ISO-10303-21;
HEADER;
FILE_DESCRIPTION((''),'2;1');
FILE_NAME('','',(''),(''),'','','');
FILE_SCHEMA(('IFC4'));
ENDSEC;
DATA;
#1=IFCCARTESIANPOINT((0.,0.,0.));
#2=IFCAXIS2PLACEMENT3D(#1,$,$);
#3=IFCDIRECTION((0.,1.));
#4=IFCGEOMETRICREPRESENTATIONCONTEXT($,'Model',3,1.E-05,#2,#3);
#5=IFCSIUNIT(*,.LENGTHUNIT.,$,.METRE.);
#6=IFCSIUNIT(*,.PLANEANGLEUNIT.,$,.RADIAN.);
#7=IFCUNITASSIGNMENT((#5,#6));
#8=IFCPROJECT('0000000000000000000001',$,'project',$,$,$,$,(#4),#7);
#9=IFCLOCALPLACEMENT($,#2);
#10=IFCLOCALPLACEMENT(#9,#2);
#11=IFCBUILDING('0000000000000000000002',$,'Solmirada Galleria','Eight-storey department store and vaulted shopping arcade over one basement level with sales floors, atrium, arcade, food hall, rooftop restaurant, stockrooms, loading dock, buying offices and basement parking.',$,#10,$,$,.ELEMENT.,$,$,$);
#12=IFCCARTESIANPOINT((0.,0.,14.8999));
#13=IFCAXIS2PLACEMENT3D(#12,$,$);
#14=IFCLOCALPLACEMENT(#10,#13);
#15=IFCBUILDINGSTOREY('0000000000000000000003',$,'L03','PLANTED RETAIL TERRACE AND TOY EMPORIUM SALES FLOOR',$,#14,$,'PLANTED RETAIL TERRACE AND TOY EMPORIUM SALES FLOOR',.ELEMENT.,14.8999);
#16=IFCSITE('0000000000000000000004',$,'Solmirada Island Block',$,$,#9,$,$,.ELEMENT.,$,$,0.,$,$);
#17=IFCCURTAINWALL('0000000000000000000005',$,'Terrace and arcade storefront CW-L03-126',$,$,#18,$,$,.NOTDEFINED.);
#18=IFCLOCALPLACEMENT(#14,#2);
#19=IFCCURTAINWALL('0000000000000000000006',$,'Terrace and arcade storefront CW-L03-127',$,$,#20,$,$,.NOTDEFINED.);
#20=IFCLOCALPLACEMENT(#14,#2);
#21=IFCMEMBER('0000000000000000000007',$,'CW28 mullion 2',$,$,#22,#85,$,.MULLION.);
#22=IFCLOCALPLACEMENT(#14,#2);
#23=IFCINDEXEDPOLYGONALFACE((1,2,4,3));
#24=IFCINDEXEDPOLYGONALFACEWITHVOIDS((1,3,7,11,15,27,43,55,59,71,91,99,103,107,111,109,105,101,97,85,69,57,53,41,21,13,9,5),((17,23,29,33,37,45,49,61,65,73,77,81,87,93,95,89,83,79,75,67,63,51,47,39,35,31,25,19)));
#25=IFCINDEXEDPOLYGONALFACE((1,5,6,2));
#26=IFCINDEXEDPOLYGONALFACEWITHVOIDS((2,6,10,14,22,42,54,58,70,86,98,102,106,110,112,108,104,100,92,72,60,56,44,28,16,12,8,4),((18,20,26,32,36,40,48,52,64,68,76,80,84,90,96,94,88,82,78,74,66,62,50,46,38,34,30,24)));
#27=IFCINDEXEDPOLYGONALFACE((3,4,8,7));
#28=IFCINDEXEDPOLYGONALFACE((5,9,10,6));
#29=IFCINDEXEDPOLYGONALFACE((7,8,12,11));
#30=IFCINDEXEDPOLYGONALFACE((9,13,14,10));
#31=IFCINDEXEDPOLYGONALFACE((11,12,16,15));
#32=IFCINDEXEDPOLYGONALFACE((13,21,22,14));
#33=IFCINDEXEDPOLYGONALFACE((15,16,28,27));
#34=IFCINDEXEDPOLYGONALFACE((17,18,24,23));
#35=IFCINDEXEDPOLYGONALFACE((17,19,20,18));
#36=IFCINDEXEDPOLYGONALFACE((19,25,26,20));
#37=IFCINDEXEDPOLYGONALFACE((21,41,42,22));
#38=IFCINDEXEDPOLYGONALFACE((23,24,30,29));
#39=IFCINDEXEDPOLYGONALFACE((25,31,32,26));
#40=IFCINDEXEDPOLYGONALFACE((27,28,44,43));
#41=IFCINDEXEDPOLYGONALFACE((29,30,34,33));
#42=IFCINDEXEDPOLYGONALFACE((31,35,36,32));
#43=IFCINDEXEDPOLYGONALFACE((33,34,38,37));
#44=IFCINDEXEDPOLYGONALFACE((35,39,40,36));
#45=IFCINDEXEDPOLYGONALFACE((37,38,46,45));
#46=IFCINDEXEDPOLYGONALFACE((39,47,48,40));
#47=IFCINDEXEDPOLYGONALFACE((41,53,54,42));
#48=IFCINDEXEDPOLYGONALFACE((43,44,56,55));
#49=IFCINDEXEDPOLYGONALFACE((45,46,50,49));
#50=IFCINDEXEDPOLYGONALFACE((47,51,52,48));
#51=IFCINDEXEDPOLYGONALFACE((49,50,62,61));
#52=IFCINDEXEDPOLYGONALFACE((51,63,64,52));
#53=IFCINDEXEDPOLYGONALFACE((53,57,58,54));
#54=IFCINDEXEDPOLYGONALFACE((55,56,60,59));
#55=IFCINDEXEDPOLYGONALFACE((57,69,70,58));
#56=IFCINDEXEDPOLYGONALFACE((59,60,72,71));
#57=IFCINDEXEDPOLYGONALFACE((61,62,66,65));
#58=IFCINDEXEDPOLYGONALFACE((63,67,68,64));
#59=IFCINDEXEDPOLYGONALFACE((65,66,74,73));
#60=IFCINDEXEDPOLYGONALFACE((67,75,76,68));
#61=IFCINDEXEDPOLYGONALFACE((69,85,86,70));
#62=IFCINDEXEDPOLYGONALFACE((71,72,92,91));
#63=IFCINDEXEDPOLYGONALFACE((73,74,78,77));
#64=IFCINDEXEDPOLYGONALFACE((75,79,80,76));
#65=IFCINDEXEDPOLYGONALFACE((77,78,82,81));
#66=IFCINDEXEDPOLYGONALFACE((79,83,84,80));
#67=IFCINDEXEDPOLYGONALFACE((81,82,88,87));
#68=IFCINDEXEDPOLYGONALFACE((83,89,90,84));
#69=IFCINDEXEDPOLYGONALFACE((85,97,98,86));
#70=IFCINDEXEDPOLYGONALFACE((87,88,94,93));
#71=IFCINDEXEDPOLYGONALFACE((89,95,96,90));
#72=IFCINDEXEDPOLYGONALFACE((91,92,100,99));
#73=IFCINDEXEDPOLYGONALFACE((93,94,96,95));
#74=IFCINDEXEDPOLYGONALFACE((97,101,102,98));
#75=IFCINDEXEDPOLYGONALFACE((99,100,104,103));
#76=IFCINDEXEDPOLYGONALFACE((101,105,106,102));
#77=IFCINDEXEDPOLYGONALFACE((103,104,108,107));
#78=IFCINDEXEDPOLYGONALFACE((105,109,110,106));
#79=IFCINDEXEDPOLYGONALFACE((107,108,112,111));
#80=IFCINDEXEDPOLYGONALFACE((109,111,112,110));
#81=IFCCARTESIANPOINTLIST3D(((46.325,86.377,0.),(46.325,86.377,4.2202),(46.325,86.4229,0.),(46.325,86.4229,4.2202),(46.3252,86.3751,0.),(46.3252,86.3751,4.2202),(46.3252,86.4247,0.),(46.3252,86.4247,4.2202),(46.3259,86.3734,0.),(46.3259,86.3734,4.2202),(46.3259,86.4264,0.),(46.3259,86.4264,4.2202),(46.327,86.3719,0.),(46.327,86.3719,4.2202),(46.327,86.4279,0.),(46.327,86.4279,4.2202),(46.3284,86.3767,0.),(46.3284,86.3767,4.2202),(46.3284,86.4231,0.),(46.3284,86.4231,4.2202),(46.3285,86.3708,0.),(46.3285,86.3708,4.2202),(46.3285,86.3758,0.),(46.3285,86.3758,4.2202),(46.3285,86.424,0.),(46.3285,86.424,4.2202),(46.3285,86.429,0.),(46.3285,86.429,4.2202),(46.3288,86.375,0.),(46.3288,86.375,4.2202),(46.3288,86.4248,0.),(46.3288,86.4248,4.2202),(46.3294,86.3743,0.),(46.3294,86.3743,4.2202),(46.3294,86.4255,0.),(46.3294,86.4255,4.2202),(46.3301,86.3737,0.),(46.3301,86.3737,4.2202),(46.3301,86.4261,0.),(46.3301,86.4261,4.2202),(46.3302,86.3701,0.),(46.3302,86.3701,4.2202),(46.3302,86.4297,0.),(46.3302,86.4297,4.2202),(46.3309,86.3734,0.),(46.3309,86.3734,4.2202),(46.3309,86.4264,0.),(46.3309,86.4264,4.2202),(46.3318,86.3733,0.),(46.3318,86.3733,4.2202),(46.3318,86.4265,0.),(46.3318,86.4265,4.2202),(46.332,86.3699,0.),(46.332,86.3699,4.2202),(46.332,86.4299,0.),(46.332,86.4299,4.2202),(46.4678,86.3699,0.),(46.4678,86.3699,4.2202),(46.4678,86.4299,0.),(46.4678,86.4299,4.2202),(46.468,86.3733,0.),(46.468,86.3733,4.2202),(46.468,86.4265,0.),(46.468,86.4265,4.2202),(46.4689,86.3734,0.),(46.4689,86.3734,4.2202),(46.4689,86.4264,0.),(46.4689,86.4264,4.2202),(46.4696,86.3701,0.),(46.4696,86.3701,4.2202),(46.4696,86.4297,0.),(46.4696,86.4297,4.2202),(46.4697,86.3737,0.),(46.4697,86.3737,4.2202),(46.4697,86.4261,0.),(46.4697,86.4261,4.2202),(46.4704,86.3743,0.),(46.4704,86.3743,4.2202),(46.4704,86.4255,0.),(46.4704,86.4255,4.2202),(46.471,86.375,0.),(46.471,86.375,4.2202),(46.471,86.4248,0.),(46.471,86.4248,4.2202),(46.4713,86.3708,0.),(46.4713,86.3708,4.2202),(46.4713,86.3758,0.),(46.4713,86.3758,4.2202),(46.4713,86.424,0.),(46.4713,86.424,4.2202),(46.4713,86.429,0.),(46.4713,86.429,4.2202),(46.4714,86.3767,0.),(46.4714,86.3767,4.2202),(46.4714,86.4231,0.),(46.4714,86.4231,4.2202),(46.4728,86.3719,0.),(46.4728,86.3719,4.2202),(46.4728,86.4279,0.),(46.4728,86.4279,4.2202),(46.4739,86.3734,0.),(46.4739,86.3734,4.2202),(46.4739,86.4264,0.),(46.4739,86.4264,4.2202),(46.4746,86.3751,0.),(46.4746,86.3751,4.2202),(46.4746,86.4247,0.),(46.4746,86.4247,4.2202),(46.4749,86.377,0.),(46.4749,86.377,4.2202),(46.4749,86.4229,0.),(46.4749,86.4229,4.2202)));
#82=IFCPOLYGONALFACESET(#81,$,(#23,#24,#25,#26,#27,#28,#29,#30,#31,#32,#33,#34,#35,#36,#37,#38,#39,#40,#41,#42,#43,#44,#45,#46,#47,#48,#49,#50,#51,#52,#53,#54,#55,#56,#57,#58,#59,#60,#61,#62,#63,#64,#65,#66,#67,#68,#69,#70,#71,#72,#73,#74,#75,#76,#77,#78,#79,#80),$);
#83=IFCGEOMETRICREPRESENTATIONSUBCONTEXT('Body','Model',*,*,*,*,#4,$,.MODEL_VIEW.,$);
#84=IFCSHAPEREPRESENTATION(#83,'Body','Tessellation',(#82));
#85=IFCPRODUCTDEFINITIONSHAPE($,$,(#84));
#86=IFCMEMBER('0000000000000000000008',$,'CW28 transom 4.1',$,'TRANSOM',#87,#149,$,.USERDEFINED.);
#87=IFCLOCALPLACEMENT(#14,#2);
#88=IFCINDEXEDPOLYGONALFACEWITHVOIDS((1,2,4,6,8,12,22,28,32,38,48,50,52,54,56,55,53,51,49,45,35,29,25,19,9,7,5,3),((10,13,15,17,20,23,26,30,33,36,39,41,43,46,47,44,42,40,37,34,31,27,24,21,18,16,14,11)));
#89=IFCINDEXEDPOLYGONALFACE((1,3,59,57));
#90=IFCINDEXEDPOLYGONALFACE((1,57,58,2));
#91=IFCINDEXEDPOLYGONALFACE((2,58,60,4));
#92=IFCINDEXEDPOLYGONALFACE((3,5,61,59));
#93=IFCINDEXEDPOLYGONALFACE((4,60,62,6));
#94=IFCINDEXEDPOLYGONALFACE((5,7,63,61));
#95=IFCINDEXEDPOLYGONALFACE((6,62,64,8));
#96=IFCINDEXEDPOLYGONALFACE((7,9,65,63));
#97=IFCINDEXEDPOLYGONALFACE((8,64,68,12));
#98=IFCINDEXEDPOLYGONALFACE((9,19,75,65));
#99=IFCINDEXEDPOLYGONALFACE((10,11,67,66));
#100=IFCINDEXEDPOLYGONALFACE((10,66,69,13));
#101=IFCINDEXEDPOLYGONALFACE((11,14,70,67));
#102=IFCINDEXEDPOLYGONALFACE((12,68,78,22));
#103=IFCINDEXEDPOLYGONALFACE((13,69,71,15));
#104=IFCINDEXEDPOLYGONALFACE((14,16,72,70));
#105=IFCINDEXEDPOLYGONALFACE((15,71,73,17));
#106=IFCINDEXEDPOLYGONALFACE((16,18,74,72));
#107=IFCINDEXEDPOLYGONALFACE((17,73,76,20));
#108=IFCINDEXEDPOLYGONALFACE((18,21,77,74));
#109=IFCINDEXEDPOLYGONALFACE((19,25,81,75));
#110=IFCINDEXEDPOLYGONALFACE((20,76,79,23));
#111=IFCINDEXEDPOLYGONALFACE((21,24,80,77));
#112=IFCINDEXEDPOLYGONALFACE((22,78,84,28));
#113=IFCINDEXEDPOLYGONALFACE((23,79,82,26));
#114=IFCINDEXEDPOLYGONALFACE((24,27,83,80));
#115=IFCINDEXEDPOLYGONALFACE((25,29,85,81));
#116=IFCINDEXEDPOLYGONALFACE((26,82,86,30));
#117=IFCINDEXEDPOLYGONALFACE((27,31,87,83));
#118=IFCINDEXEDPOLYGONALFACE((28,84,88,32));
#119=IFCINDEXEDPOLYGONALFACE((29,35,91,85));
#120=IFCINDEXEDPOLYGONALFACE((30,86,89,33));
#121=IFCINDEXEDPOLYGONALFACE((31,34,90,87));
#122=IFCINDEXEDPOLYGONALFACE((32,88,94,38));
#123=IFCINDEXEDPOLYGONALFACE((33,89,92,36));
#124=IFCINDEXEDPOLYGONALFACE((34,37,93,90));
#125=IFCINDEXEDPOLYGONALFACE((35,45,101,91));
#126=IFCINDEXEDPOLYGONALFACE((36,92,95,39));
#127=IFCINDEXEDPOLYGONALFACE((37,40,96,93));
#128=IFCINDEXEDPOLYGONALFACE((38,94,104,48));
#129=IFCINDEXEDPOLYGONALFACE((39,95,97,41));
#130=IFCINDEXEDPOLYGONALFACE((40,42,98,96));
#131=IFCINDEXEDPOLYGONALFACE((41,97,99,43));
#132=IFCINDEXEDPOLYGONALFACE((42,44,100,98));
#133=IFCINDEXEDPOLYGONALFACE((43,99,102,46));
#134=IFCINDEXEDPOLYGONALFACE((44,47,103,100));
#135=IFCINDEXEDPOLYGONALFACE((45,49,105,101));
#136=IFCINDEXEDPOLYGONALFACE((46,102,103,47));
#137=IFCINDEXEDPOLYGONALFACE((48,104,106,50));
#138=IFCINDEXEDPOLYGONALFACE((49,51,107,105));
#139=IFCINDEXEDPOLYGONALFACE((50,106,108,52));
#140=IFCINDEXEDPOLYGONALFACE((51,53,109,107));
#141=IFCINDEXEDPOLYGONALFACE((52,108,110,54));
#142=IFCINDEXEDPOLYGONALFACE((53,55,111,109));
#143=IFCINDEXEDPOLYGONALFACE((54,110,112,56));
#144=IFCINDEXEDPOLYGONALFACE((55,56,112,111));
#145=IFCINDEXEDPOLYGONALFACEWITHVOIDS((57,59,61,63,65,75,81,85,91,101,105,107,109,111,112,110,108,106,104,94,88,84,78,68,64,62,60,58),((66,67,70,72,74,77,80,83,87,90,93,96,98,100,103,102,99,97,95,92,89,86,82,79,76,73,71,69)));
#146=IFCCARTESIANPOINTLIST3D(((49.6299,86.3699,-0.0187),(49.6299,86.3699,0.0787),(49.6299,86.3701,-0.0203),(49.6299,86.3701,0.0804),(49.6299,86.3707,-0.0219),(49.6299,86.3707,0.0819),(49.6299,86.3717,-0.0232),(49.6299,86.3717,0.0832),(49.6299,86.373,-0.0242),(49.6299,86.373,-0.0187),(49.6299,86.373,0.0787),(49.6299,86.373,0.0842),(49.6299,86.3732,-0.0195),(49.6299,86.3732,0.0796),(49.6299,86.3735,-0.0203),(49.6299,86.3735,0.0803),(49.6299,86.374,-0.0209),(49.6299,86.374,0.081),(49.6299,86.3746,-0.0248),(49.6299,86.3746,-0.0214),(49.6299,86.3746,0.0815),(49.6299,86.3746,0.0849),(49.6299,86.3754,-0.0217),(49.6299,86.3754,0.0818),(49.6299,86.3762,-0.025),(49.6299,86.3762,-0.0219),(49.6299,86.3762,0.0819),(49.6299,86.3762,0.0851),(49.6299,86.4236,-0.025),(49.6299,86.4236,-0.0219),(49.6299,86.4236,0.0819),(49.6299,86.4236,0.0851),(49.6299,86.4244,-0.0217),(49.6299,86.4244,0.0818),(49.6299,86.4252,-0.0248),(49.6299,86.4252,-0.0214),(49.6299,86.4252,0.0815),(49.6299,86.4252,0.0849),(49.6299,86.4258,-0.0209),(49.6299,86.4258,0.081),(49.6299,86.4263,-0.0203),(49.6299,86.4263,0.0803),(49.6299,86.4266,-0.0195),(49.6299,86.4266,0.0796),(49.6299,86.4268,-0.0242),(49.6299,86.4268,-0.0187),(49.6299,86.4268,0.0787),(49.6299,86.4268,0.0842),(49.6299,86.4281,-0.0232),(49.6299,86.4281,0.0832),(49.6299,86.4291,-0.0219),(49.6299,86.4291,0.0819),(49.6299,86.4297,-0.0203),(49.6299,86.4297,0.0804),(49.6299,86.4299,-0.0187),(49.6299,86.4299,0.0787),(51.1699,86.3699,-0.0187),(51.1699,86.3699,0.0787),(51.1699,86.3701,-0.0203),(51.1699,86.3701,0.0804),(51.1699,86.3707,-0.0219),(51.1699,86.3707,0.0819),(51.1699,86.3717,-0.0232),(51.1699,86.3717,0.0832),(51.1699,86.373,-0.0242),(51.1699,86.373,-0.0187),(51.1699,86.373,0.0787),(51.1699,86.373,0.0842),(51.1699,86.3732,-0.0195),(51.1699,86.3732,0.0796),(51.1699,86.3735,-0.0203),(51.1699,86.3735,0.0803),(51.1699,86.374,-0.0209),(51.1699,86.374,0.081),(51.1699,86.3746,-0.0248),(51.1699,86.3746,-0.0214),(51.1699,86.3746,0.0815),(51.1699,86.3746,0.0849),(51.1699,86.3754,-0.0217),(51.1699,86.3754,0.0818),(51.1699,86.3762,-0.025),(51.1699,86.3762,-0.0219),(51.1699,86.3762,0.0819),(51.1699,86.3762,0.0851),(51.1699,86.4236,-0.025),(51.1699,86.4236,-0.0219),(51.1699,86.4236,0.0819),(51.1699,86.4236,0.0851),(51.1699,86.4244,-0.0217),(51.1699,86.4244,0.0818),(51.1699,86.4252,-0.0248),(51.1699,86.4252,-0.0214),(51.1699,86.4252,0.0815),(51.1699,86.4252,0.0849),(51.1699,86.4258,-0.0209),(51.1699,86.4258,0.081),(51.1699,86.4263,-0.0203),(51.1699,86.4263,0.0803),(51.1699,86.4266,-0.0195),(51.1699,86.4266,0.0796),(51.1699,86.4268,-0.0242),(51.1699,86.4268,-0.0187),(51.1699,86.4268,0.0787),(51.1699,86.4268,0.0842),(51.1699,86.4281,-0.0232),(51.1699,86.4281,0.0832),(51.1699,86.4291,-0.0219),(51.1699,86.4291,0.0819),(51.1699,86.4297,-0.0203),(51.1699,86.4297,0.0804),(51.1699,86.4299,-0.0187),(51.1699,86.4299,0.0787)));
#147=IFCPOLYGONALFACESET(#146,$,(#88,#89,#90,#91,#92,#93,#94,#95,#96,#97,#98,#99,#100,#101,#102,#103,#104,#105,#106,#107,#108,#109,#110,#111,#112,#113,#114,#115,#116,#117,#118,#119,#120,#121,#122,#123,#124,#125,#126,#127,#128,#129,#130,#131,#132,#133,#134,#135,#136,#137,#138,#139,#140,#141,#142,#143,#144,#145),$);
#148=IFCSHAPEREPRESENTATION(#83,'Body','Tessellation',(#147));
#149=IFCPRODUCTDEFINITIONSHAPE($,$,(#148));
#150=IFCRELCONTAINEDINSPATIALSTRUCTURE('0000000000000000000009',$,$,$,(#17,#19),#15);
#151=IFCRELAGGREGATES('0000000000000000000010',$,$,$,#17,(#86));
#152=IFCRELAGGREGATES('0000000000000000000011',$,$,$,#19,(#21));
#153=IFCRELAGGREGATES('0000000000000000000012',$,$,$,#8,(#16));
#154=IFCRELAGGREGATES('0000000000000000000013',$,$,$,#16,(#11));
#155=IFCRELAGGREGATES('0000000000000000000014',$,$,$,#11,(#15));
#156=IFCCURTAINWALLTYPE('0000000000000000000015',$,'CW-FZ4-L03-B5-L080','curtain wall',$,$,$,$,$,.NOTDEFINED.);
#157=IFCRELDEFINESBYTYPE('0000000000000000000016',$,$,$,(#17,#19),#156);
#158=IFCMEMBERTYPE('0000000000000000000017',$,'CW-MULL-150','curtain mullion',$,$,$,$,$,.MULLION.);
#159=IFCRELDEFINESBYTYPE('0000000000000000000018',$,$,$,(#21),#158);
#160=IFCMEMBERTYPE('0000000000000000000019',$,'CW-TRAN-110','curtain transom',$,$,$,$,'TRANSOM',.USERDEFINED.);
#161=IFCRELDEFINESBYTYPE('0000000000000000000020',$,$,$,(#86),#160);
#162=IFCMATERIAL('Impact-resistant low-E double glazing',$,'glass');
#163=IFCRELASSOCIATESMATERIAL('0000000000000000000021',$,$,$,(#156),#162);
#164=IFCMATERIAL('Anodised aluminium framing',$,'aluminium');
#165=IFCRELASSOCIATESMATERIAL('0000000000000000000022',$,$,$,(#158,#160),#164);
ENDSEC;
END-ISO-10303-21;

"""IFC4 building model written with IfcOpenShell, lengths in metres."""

from ifc_helpers import new_model, si_unit, direction, frame, origin, origin_2d, place, context, subcontext, project, spatial, hollow_rectangle, extrude, material, material_profile, profile_set, type_object, element, aggregate, save


model = new_model("IFC4")

# Units and contexts
model_context = context("Model", 3, precision=1e-05, world=origin(), true_north=direction((0.0, 1.0)))
body_context = subcontext(model_context, "Body", "Model", "MODEL_VIEW")
ifc_project = project(units=[si_unit("LENGTHUNIT", "METRE"), si_unit("PLANEANGLEUNIT", "RADIAN")], contexts=[model_context])

# Site, building, storey
site_placement = place(None, origin())
site = spatial("IfcSite", under=ifc_project, at=site_placement, Name="Solmirada Island Block", CompositionType="ELEMENT", RefElevation=0.0)
building_placement = place(site_placement, origin())
building = spatial("IfcBuilding", under=site, at=building_placement, Name="Solmirada Galleria", Description="Eight-storey department store and vaulted shopping arcade over one basement level with sales floors, atrium, arcade, food hall, rooftop restaurant, stockrooms, loading dock, buying offices and basement parking.", CompositionType="ELEMENT")
storey_placement = place(building_placement, frame((0.0, 0.0, 14.8999)))
storey = spatial("IfcBuildingStorey", under=building, at=storey_placement, Name="L03", Description="PLANTED RETAIL TERRACE AND TOY EMPORIUM SALES FLOOR", LongName="PLANTED RETAIL TERRACE AND TOY EMPORIUM SALES FLOOR", CompositionType="ELEMENT", Elevation=14.8999)

# Curtain walls, member
ifc_material_1 = material(Name="Impact-resistant low-E double glazing", Category="glass")
curtain_wall_type = type_object("IfcCurtainWallType", Name="CW-FZ4-L03-B5-L080", Description="curtain wall", PredefinedType="NOTDEFINED", material=ifc_material_1)
curtain_wall_1_placement = place(storey_placement, origin())
curtain_wall_1 = element("IfcCurtainWall", 1, at=curtain_wall_1_placement, inside=storey, type_object=curtain_wall_type, Name="Terrace and arcade storefront CW-L03-126", PredefinedType="NOTDEFINED")
ifc_material_2 = material(Name="Anodised aluminium framing", Category="aluminium")
ifc_material_profile_1 = material_profile(ifc_material_2, hollow_rectangle(XDim=0.0601, YDim=0.1499, WallThickness=0.0034, InnerFilletRadius=0.0034, OuterFilletRadius=0.0071, at=origin_2d()), Name="ALU-MULL-150X60")
ifc_profile_set_1 = profile_set([ifc_material_profile_1], Name="Anodised aluminium framing")
member_type_1 = type_object("IfcMemberType", Name="CW-MULL-150", Description="curtain mullion", PredefinedType="MULLION", material=ifc_profile_set_1)
curtain_wall_2_placement = place(storey_placement, origin())
curtain_wall_2 = element("IfcCurtainWall", 2, at=curtain_wall_2_placement, inside=storey, type_object=curtain_wall_type, Name="Terrace and arcade storefront CW-L03-127", PredefinedType="NOTDEFINED")
member_1_placement = place(storey_placement, frame((46.3999, 86.3999, 0.0), z_axis=(0.0, 0.0, 1.0), x_axis=(0.0, -1.0, 0.0)))
member_1 = element("IfcMember", 3, at=member_1_placement, type_object=member_type_1, Name="CW28 mullion 2", PredefinedType="MULLION", context=body_context, shape_type="SweptSolid", body=[
    extrude(hollow_rectangle(XDim=0.0601, YDim=0.1499, WallThickness=0.0034, InnerFilletRadius=0.0034, OuterFilletRadius=0.0071, at=origin_2d()), origin(), (0.0, 0.0, 1.0), 4.2202),
])

# Member
ifc_material_profile_2 = material_profile(ifc_material_2, hollow_rectangle(XDim=0.0601, YDim=0.1101, WallThickness=0.0032, InnerFilletRadius=0.0032, OuterFilletRadius=0.0063, at=origin_2d()), Name="ALU-TRAN-110X60")
ifc_profile_set_2 = profile_set([ifc_material_profile_2], Name="Anodised aluminium framing")
member_type_2 = type_object("IfcMemberType", Name="CW-TRAN-110", Description="curtain transom", ElementType="TRANSOM", PredefinedType="USERDEFINED", material=ifc_profile_set_2)
member_2_placement = place(storey_placement, frame((51.1699, 86.3999, 0.03), z_axis=(-1.0, 0.0, 0.0), x_axis=(0.0, -1.0, 0.0)))
member_2 = element("IfcMember", 4, at=member_2_placement, type_object=member_type_2, Name="CW28 transom 4.1", ObjectType="TRANSOM", PredefinedType="USERDEFINED", context=body_context, shape_type="SweptSolid", body=[
    extrude(hollow_rectangle(XDim=0.0601, YDim=0.1101, WallThickness=0.0032, InnerFilletRadius=0.0032, OuterFilletRadius=0.0063, at=origin_2d()), origin(), (0.0, 0.0, 1.0), 1.54),
])

aggregate(curtain_wall_1, [member_2])
aggregate(curtain_wall_2, [member_1])

save(model, "model.ifc")
